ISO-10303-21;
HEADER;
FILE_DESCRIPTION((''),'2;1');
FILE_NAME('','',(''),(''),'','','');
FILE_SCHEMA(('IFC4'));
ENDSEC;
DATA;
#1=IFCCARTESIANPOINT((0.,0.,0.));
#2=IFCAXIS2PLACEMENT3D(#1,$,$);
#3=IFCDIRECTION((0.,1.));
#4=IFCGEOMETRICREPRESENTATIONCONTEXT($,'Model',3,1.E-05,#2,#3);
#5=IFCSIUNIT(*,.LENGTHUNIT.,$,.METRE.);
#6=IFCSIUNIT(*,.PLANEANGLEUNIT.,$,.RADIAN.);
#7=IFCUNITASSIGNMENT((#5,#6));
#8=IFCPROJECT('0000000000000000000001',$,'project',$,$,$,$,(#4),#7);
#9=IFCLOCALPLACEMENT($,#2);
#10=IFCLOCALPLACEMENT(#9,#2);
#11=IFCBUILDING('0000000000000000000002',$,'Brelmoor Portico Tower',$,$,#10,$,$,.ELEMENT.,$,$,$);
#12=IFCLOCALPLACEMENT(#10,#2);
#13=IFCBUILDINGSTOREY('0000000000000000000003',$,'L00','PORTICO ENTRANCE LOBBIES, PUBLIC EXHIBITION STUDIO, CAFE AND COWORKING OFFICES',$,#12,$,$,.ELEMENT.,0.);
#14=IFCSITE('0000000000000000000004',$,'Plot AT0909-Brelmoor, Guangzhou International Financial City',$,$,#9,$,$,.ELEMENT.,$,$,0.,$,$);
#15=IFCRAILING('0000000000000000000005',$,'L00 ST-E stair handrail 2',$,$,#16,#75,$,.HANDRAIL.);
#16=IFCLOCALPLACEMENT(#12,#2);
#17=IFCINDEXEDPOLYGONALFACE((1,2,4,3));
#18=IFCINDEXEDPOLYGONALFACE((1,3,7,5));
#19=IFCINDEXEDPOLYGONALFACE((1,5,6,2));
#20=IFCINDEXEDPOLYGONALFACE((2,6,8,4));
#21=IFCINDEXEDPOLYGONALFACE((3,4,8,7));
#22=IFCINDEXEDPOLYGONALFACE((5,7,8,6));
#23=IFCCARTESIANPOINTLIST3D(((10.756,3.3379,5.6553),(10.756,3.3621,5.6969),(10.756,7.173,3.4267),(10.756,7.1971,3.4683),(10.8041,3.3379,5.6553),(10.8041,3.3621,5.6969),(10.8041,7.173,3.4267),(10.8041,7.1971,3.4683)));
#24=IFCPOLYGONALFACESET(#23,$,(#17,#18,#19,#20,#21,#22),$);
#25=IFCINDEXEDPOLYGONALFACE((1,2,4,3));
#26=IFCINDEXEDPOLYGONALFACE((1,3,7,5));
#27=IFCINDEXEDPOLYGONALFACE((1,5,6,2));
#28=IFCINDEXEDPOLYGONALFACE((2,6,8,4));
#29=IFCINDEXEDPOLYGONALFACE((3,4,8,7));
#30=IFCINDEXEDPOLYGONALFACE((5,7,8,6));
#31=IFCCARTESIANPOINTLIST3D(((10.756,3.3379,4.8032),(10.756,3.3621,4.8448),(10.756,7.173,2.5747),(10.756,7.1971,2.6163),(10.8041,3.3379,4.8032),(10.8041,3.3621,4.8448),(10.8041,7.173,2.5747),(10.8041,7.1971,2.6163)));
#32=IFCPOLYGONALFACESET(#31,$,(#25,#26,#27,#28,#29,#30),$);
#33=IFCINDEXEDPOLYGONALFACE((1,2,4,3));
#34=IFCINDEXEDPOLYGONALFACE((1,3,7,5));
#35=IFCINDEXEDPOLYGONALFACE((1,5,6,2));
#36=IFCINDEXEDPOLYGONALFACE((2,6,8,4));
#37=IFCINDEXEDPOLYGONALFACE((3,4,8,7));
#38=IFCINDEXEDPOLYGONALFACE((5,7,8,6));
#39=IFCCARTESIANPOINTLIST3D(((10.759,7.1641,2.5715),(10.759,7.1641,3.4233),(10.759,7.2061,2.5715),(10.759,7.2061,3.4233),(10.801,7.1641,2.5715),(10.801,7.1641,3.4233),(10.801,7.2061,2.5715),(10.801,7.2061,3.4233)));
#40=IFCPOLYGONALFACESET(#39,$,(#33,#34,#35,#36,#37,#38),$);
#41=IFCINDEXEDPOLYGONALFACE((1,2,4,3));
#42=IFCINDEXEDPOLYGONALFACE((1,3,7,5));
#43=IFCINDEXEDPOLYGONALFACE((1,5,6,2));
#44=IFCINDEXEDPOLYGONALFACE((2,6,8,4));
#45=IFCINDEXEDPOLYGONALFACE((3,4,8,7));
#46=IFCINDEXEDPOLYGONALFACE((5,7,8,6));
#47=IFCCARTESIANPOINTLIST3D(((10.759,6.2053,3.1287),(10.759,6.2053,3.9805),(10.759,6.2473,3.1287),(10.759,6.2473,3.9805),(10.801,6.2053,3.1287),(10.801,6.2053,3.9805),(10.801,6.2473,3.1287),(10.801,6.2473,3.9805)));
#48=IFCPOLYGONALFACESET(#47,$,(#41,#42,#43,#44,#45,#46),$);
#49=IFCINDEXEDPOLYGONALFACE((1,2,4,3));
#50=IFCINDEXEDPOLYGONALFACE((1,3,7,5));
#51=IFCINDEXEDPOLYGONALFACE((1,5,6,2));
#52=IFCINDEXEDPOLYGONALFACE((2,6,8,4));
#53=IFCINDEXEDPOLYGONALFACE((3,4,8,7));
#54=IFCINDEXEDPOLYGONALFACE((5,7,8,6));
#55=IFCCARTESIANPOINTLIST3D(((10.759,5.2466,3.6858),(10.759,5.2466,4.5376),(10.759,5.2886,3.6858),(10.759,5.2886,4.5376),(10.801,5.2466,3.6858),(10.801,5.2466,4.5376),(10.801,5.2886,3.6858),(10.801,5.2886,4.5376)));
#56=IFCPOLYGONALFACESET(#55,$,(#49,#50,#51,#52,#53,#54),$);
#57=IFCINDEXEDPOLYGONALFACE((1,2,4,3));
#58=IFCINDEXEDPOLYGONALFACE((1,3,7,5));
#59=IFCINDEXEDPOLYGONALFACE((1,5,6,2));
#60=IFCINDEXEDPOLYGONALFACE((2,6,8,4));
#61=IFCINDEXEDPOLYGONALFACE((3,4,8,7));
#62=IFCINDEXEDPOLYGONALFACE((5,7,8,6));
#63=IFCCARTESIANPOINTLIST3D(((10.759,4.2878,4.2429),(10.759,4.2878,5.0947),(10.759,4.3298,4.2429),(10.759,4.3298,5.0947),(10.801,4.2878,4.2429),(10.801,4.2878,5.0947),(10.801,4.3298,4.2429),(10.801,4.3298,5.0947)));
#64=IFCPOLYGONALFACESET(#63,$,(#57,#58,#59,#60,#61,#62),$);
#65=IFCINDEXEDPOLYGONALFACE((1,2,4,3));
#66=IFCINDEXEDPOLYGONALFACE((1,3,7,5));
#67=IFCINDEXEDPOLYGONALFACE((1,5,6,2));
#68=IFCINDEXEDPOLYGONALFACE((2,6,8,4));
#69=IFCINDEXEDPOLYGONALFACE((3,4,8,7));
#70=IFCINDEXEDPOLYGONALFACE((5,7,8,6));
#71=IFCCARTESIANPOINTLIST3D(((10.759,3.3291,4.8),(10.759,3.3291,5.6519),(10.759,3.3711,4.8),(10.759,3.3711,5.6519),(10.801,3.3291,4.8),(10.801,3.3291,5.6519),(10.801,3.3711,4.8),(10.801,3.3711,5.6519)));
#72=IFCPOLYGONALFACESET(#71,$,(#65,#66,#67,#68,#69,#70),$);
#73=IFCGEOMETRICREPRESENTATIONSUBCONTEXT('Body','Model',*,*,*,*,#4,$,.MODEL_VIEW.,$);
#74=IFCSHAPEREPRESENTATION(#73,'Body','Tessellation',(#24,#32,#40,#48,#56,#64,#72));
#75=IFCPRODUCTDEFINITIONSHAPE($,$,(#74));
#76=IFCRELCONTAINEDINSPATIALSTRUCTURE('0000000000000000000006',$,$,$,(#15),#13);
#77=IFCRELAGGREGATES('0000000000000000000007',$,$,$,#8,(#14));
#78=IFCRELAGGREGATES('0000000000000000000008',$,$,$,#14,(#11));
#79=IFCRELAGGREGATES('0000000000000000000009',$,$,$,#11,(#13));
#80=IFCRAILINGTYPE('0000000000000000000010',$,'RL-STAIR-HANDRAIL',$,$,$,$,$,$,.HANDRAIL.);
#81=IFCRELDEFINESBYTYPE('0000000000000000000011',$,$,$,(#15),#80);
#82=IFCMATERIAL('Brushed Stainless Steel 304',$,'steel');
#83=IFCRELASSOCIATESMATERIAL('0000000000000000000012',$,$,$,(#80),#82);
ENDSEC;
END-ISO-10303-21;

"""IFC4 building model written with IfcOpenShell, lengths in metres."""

from ifc_helpers import new_model, si_unit, direction, frame, origin, origin_2d, place, context, subcontext, project, spatial, rectangle, extrude, material, type_object, element, save


model = new_model("IFC4")

# Units and contexts
model_context = context("Model", 3, precision=1e-05, world=origin(), true_north=direction((0.0, 1.0)))
body_context = subcontext(model_context, "Body", "Model", "MODEL_VIEW")
ifc_project = project(units=[si_unit("LENGTHUNIT", "METRE"), si_unit("PLANEANGLEUNIT", "RADIAN")], contexts=[model_context])

# Site, building, storey
site_placement = place(None, origin())
site = spatial("IfcSite", under=ifc_project, at=site_placement, Name="Plot AT0909-Brelmoor, Guangzhou International Financial City", CompositionType="ELEMENT", RefElevation=0.0)
building_placement = place(site_placement, origin())
building = spatial("IfcBuilding", under=site, at=building_placement, Name="Brelmoor Portico Tower", CompositionType="ELEMENT")
storey_placement = place(building_placement, origin())
storey = spatial("IfcBuildingStorey", under=building, at=storey_placement, Name="L00", Description="PORTICO ENTRANCE LOBBIES, PUBLIC EXHIBITION STUDIO, CAFE AND COWORKING OFFICES", CompositionType="ELEMENT", Elevation=0.0)

# Railing
ifc_material_1 = material(Name="Brushed Stainless Steel 304", Category="steel")
railing_type_1 = type_object("IfcRailingType", Name="RL-STAIR-HANDRAIL", PredefinedType="HANDRAIL", material=ifc_material_1)
railing_1_placement = place(storey_placement, frame((10.78, 7.1851, 2.5715)))
element("IfcRailing", 1, at=railing_1_placement, inside=storey, type_object=railing_type_1, Name="L00 ST-E stair handrail 2", PredefinedType="HANDRAIL", context=body_context, shape_type="SweptSolid", body=[
    extrude(rectangle(XDim=0.0481, YDim=0.0481, at=origin_2d()), frame((0.0, 0.0, 0.876), z_axis=(0.0, -0.864616, 0.502433), x_axis=(1.0, 0.0, 0.0)), (0.0, 0.0, 1.0), 4.4355),
    extrude(rectangle(XDim=0.0481, YDim=0.0481, at=origin_2d()), frame((0.0, 0.0, 0.0239), z_axis=(0.0, -0.864616, 0.502433), x_axis=(1.0, 0.0, 0.0)), (0.0, 0.0, 1.0), 4.4355),
    extrude(rectangle(XDim=0.042, YDim=0.042, at=origin_2d()), origin(), (0.0, 0.0, 1.0), 0.8518),
    extrude(rectangle(XDim=0.042, YDim=0.042, at=origin_2d()), frame((0.0, -0.9587, 0.5571)), (0.0, 0.0, 1.0), 0.8518),
    extrude(rectangle(XDim=0.042, YDim=0.042, at=origin_2d()), frame((0.0, -1.9175, 1.1143)), (0.0, 0.0, 1.0), 0.8518),
    extrude(rectangle(XDim=0.042, YDim=0.042, at=origin_2d()), frame((0.0, -2.8762, 1.6714)), (0.0, 0.0, 1.0), 0.8518),
    extrude(rectangle(XDim=0.042, YDim=0.042, at=origin_2d()), frame((0.0, -3.835, 2.2285)), (0.0, 0.0, 1.0), 0.8518),
])

save(model, "model.ifc")
